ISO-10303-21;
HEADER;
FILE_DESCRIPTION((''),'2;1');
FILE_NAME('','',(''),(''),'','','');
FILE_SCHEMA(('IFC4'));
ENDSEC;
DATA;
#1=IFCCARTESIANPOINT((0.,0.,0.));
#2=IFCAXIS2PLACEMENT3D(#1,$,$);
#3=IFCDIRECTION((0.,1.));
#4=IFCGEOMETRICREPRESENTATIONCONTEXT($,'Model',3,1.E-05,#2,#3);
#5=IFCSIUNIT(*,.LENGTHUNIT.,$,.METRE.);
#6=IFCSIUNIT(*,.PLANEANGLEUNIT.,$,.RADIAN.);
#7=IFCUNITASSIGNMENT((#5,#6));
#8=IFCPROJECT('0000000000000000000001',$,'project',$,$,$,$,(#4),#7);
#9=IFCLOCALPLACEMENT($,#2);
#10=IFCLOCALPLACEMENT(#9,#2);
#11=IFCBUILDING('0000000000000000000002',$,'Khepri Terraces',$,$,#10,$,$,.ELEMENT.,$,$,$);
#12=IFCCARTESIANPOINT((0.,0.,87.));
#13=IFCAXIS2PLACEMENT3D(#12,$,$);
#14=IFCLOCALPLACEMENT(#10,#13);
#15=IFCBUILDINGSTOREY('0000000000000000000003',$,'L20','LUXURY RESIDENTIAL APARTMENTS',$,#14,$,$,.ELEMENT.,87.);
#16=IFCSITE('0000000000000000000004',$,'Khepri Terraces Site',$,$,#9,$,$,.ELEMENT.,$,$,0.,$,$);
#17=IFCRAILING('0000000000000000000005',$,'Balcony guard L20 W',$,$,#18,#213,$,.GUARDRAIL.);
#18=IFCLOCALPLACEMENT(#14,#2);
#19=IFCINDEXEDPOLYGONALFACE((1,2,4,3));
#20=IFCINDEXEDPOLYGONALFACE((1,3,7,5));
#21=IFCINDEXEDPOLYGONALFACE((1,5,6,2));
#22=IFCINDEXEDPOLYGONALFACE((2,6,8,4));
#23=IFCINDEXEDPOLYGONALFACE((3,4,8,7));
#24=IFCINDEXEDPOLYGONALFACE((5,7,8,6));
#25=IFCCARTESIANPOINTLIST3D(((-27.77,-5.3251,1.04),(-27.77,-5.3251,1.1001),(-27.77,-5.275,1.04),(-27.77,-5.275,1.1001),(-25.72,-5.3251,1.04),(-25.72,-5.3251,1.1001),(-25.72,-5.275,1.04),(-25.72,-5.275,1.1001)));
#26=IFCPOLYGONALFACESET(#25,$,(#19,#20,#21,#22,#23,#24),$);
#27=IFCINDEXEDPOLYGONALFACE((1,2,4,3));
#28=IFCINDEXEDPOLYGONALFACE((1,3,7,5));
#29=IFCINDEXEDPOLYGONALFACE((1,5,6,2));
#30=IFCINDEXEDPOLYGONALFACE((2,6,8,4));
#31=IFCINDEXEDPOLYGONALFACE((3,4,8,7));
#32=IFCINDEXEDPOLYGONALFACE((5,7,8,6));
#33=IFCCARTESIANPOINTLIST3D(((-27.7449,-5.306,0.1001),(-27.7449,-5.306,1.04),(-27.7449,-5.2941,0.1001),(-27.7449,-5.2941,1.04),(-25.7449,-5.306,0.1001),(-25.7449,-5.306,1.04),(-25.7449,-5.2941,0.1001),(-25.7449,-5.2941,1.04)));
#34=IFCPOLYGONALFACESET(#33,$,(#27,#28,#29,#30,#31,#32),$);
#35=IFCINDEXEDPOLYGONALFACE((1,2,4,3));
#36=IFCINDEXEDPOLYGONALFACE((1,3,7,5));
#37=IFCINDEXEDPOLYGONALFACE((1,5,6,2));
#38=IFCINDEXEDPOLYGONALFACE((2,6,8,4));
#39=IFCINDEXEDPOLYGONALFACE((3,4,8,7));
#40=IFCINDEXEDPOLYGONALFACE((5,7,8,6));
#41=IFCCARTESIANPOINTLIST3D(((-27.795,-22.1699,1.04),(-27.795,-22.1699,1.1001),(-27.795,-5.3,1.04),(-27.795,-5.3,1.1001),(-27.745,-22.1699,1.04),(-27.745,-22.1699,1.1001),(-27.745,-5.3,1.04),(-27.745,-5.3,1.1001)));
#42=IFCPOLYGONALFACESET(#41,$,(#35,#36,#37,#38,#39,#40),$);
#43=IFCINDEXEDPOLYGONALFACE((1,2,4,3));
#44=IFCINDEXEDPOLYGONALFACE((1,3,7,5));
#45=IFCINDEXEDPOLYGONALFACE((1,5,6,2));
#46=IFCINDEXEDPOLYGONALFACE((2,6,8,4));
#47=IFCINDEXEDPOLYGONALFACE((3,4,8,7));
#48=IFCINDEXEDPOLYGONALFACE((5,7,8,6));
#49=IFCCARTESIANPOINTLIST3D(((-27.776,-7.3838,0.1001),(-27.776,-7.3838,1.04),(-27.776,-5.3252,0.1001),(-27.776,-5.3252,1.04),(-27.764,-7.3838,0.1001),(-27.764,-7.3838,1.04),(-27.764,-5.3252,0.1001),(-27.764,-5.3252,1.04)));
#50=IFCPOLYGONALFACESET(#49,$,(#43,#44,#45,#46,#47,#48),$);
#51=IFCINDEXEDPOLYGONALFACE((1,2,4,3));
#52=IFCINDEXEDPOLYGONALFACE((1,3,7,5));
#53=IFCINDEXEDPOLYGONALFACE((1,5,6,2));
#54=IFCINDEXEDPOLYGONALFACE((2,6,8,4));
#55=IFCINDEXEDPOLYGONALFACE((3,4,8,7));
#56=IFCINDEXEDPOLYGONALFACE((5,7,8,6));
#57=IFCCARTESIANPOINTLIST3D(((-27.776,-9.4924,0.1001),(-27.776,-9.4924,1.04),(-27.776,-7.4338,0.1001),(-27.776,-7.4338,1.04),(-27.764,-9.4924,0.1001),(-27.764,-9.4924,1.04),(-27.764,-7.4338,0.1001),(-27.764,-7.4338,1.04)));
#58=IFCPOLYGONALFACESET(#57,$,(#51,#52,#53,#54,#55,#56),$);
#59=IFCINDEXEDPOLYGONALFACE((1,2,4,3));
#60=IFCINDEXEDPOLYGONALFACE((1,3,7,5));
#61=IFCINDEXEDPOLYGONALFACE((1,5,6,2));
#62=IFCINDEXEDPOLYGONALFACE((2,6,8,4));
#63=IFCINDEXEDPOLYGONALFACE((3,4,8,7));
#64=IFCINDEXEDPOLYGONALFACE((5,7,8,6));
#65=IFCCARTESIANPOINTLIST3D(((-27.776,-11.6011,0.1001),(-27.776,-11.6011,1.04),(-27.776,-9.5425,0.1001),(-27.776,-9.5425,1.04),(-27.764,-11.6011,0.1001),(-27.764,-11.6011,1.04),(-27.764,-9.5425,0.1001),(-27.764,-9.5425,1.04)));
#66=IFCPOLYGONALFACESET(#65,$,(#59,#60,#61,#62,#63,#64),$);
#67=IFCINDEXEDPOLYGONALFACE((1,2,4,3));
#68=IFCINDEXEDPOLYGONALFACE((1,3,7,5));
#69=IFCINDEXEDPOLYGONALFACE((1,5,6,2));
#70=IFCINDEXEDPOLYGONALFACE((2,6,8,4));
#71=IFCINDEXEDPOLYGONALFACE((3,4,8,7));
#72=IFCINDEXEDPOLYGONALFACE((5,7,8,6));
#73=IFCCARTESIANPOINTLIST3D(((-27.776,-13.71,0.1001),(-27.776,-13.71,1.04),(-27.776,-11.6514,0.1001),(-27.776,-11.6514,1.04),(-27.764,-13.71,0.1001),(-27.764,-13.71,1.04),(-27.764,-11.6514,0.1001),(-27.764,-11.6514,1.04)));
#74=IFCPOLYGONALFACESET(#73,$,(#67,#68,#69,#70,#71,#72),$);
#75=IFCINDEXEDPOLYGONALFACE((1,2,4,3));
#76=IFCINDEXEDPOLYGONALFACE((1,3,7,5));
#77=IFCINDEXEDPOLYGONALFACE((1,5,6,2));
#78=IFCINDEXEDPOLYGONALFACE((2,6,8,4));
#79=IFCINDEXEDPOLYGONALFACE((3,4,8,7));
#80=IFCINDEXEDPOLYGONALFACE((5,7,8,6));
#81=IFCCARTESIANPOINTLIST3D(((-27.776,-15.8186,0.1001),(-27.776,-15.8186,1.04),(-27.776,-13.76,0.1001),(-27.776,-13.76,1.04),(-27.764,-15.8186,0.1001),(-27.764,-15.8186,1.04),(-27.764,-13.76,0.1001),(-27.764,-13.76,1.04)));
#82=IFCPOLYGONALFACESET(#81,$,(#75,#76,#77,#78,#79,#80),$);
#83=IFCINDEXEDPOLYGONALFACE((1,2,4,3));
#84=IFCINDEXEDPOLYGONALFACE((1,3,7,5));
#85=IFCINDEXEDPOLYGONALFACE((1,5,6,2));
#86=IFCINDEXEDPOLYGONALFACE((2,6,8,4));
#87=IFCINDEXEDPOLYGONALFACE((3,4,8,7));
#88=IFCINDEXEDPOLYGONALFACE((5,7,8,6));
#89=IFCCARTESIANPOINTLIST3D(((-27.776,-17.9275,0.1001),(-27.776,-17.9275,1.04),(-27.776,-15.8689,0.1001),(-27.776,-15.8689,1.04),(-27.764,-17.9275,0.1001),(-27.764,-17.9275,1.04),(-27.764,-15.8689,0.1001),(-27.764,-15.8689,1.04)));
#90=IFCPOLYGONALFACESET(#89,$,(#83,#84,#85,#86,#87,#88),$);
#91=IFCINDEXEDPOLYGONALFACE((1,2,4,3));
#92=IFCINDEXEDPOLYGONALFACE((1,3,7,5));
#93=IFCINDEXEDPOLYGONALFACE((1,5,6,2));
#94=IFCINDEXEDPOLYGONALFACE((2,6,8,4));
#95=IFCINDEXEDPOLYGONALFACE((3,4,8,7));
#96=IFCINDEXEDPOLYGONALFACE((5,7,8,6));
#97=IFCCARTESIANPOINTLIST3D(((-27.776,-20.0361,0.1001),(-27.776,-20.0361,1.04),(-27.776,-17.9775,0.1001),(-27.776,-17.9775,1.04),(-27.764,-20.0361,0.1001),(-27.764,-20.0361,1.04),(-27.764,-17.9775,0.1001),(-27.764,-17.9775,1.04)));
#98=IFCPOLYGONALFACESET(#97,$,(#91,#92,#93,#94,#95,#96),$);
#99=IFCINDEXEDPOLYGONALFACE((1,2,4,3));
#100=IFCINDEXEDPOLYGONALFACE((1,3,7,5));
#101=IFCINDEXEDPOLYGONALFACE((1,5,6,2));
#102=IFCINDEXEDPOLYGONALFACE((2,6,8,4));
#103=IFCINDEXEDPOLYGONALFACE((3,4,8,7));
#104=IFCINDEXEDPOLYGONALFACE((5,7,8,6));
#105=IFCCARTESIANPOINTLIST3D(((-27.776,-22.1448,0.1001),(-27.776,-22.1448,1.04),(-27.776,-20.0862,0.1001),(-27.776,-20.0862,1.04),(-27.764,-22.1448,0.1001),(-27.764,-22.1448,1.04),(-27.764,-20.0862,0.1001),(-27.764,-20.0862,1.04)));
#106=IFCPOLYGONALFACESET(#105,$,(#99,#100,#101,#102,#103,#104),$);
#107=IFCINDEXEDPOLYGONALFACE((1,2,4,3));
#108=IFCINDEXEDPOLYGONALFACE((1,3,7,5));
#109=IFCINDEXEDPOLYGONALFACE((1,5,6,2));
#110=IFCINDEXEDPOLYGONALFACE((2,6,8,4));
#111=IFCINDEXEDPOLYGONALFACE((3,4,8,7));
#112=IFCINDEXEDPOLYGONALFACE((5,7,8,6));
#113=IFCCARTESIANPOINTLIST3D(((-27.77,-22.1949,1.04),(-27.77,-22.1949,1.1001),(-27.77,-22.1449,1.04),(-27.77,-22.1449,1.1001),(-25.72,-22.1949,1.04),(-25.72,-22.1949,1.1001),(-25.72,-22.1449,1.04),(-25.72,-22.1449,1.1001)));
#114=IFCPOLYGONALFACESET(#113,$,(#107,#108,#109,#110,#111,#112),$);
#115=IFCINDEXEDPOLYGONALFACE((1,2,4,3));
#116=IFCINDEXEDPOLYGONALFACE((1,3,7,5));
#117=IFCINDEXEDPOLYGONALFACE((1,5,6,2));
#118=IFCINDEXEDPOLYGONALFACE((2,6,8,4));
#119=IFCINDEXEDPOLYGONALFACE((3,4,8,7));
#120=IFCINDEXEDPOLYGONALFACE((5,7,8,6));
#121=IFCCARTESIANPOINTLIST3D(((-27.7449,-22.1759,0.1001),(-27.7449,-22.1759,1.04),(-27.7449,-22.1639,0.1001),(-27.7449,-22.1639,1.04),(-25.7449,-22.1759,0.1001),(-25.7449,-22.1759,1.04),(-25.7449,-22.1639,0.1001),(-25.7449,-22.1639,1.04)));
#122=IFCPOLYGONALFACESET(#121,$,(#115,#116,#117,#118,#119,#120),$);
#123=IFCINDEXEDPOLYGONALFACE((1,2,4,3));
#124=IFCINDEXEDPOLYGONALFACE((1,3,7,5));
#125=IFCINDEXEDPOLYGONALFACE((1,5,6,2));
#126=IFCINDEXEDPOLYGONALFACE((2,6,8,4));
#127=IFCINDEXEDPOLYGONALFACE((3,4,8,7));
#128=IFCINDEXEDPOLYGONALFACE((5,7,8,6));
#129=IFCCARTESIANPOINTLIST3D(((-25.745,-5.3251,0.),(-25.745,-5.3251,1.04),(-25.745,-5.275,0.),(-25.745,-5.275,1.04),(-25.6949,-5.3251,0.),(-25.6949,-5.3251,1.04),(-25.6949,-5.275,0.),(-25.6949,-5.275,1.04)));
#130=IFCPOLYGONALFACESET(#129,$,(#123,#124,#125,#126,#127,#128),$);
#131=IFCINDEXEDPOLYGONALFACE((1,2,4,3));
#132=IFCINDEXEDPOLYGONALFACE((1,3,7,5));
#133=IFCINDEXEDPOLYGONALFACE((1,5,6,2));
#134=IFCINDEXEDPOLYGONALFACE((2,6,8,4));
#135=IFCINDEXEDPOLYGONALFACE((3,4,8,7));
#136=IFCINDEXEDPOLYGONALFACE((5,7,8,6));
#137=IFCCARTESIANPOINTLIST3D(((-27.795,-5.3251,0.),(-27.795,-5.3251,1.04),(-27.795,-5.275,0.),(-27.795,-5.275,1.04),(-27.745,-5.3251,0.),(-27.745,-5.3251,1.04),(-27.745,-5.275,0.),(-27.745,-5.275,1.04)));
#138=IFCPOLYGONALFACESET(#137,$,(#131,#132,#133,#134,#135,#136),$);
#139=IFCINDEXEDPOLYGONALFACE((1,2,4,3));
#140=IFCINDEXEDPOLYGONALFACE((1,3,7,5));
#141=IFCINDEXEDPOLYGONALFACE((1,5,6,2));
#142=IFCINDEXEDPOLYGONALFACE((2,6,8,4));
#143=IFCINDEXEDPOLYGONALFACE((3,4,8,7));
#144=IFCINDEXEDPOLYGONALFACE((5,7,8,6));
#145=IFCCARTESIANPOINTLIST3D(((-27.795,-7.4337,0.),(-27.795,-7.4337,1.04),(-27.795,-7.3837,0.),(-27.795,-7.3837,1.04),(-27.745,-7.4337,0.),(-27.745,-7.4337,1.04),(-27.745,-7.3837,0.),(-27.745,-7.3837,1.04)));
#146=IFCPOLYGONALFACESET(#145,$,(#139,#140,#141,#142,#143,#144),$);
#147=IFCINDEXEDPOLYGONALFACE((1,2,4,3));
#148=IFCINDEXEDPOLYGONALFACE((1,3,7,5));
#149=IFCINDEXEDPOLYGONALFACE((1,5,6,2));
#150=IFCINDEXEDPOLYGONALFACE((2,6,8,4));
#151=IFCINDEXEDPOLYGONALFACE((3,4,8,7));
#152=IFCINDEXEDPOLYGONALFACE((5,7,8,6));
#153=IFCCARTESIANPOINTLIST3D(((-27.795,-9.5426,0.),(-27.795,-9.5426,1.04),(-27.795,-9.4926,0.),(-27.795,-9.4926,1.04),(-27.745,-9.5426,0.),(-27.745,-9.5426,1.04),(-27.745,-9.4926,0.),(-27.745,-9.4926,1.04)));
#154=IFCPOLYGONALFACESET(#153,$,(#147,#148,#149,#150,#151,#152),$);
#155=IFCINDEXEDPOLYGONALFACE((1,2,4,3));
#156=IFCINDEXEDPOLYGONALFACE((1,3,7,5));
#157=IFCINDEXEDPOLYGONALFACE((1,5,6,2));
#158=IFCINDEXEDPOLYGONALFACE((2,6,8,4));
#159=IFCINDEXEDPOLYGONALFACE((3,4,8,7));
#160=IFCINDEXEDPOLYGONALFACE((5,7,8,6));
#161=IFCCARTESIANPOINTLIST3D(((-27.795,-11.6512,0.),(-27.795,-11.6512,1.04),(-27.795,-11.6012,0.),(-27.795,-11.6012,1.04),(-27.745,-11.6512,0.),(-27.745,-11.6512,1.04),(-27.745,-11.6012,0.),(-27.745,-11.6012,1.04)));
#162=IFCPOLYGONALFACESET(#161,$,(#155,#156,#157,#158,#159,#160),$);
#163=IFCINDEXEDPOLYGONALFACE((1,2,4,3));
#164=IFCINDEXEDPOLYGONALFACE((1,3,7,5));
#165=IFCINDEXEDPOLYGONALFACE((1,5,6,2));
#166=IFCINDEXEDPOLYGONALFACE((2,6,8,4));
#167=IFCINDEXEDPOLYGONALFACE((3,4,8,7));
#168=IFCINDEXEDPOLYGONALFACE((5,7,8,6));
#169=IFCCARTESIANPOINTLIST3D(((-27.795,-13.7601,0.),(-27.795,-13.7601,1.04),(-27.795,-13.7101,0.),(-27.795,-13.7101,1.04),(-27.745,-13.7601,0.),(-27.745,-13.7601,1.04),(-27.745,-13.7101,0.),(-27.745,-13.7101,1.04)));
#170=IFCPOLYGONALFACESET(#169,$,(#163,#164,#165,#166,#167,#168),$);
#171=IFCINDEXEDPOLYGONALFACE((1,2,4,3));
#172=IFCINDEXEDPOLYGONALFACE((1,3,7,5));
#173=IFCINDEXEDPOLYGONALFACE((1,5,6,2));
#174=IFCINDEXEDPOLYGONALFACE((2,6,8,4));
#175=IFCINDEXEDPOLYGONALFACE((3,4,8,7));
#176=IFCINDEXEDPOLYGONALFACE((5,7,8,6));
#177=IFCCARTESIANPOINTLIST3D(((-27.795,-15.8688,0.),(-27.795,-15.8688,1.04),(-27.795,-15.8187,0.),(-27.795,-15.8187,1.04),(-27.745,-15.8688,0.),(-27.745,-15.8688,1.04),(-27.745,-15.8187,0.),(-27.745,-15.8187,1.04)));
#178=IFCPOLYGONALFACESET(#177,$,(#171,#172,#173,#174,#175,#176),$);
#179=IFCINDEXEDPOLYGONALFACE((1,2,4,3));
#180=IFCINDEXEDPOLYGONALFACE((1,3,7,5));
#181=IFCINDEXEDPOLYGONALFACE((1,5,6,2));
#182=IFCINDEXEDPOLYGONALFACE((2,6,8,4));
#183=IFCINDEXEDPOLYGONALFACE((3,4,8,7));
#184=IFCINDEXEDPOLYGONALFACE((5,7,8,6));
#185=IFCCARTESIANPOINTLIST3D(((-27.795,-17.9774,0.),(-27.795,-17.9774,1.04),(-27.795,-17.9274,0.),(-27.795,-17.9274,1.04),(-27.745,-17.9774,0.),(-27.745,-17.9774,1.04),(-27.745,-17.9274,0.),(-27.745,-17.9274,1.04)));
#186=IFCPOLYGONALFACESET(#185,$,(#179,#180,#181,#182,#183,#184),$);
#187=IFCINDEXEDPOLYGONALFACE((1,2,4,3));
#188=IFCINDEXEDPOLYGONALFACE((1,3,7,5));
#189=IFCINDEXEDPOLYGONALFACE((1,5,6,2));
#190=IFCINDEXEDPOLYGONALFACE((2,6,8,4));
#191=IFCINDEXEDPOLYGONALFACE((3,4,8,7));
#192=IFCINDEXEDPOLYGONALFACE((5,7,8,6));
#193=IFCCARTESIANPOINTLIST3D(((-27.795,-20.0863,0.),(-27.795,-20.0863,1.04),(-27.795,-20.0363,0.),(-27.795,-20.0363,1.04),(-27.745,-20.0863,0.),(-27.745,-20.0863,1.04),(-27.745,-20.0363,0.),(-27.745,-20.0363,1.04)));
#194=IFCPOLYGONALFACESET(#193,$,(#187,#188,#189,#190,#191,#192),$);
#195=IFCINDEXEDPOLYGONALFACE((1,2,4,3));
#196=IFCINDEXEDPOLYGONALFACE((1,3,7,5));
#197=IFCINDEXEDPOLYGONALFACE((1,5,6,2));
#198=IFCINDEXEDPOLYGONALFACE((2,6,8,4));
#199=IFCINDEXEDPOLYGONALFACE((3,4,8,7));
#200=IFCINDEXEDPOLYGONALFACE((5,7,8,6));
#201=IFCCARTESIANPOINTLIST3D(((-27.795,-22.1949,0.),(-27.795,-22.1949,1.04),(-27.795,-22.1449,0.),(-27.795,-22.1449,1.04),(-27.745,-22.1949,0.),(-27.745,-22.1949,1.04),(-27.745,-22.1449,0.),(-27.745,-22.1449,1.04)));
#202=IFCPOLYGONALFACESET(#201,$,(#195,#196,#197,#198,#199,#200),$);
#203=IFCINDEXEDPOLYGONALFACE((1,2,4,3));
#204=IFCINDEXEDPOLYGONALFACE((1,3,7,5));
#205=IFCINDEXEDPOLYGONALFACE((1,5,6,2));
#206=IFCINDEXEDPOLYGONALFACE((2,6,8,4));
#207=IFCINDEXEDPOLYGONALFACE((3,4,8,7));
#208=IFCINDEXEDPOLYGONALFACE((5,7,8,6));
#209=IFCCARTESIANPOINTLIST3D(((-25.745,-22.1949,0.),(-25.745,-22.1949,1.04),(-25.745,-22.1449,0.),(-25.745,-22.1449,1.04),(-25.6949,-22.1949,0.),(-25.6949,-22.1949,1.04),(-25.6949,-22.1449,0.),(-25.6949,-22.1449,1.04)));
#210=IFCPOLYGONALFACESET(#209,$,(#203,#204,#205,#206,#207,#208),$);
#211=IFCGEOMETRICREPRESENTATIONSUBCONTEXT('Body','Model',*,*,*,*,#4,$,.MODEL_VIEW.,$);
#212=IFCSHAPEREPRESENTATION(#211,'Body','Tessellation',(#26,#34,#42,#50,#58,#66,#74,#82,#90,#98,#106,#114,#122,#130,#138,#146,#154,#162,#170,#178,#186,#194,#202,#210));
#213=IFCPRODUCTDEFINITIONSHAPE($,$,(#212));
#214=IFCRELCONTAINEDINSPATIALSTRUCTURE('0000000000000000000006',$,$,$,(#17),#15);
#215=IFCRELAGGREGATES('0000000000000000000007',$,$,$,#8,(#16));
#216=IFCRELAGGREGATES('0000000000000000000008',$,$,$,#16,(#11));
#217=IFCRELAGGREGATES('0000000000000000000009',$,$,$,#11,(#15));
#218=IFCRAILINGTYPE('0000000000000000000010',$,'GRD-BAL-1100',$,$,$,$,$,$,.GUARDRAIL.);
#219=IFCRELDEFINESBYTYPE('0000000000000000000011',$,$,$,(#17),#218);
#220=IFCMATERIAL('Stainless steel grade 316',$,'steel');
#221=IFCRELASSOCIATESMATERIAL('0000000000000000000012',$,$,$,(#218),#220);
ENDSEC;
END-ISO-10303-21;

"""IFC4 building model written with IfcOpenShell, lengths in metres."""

from ifc_helpers import new_model, si_unit, direction, frame, origin, origin_2d, place, context, subcontext, project, spatial, rectangle, extrude, material, type_object, element, save


model = new_model("IFC4")

# Units and contexts
model_context = context("Model", 3, precision=1e-05, world=origin(), true_north=direction((0.0, 1.0)))
body_context = subcontext(model_context, "Body", "Model", "MODEL_VIEW")
ifc_project = project(units=[si_unit("LENGTHUNIT", "METRE"), si_unit("PLANEANGLEUNIT", "RADIAN")], contexts=[model_context])

# Site, building, storey
site_placement = place(None, origin())
site = spatial("IfcSite", under=ifc_project, at=site_placement, Name="Khepri Terraces Site", CompositionType="ELEMENT", RefElevation=0.0)
building_placement = place(site_placement, origin())
building = spatial("IfcBuilding", under=site, at=building_placement, Name="Khepri Terraces", CompositionType="ELEMENT")
storey_placement = place(building_placement, frame((0.0, 0.0, 87.0)))
storey = spatial("IfcBuildingStorey", under=building, at=storey_placement, Name="L20", Description="LUXURY RESIDENTIAL APARTMENTS", CompositionType="ELEMENT", Elevation=87.0)

# Railing
ifc_material_1 = material(Name="Stainless steel grade 316", Category="steel")
railing_type_1 = type_object("IfcRailingType", Name="GRD-BAL-1100", PredefinedType="GUARDRAIL", material=ifc_material_1)
railing_1_placement = place(storey_placement, frame((-25.72, -5.3, 0.0)))
element("IfcRailing", 1, at=railing_1_placement, inside=storey, type_object=railing_type_1, Name="Balcony guard L20 W", PredefinedType="GUARDRAIL", context=body_context, shape_type="SweptSolid", body=[
    extrude(rectangle(XDim=0.05, YDim=0.0601, at=origin_2d()), frame((0.0, 0.0, 1.0701), z_axis=(-1.0, 0.0, 0.0), x_axis=(0.0, -1.0, 0.0)), (0.0, 0.0, 1.0), 2.05),
    extrude(rectangle(XDim=2.0, YDim=0.012, at=origin_2d()), frame((-1.0249, 0.0, 0.1001), z_axis=(0.0, 0.0, 1.0), x_axis=(-1.0, 0.0, 0.0)), (0.0, 0.0, 1.0), 0.9399),
    extrude(rectangle(XDim=0.05, YDim=0.0601, at=origin_2d()), frame((-2.05, 0.0, 1.0701), z_axis=(0.0, -1.0, 0.0), x_axis=(1.0, 0.0, 0.0)), (0.0, 0.0, 1.0), 16.8699),
    extrude(rectangle(XDim=2.0586, YDim=0.012, at=origin_2d()), frame((-2.05, -1.0544, 0.1001), z_axis=(0.0, 0.0, 1.0), x_axis=(0.0, -1.0, 0.0)), (0.0, 0.0, 1.0), 0.9399),
    extrude(rectangle(XDim=2.0586, YDim=0.012, at=origin_2d()), frame((-2.05, -3.1631, 0.1001), z_axis=(0.0, 0.0, 1.0), x_axis=(0.0, -1.0, 0.0)), (0.0, 0.0, 1.0), 0.9399),
    extrude(rectangle(XDim=2.0586, YDim=0.012, at=origin_2d()), frame((-2.05, -5.2717, 0.1001), z_axis=(0.0, 0.0, 1.0), x_axis=(0.0, -1.0, 0.0)), (0.0, 0.0, 1.0), 0.9399),
    extrude(rectangle(XDim=2.0586, YDim=0.012, at=origin_2d()), frame((-2.05, -7.3806, 0.1001), z_axis=(0.0, 0.0, 1.0), x_axis=(0.0, -1.0, 0.0)), (0.0, 0.0, 1.0), 0.9399),
    extrude(rectangle(XDim=2.0586, YDim=0.012, at=origin_2d()), frame((-2.05, -9.4893, 0.1001), z_axis=(0.0, 0.0, 1.0), x_axis=(0.0, -1.0, 0.0)), (0.0, 0.0, 1.0), 0.9399),
    extrude(rectangle(XDim=2.0586, YDim=0.012, at=origin_2d()), frame((-2.05, -11.5981, 0.1001), z_axis=(0.0, 0.0, 1.0), x_axis=(0.0, -1.0, 0.0)), (0.0, 0.0, 1.0), 0.9399),
    extrude(rectangle(XDim=2.0586, YDim=0.012, at=origin_2d()), frame((-2.05, -13.7068, 0.1001), z_axis=(0.0, 0.0, 1.0), x_axis=(0.0, -1.0, 0.0)), (0.0, 0.0, 1.0), 0.9399),
    extrude(rectangle(XDim=2.0586, YDim=0.012, at=origin_2d()), frame((-2.05, -15.8154, 0.1001), z_axis=(0.0, 0.0, 1.0), x_axis=(0.0, -1.0, 0.0)), (0.0, 0.0, 1.0), 0.9399),
    extrude(rectangle(XDim=0.05, YDim=0.0601, at=origin_2d()), frame((-2.05, -16.8699, 1.0701), z_axis=(1.0, 0.0, 0.0), x_axis=(0.0, 1.0, 0.0)), (0.0, 0.0, 1.0), 2.05),
    extrude(rectangle(XDim=2.0, YDim=0.012, at=origin_2d()), frame((-1.0249, -16.8699, 0.1001), z_axis=(0.0, 0.0, 1.0), x_axis=(1.0, 0.0, 0.0)), (0.0, 0.0, 1.0), 0.9399),
    extrude(rectangle(XDim=0.05, YDim=0.05, at=origin_2d()), origin(), (0.0, 0.0, 1.0), 1.04),
    extrude(rectangle(XDim=0.05, YDim=0.05, at=origin_2d()), frame((-2.05, 0.0, 0.0)), (0.0, 0.0, 1.0), 1.04),
    extrude(rectangle(XDim=0.05, YDim=0.05, at=origin_2d()), frame((-2.05, -2.1086, 0.0)), (0.0, 0.0, 1.0), 1.04),
    extrude(rectangle(XDim=0.05, YDim=0.05, at=origin_2d()), frame((-2.05, -4.2175, 0.0)), (0.0, 0.0, 1.0), 1.04),
    extrude(rectangle(XDim=0.05, YDim=0.05, at=origin_2d()), frame((-2.05, -6.3262, 0.0)), (0.0, 0.0, 1.0), 1.04),
    extrude(rectangle(XDim=0.05, YDim=0.05, at=origin_2d()), frame((-2.05, -8.4351, 0.0)), (0.0, 0.0, 1.0), 1.04),
    extrude(rectangle(XDim=0.05, YDim=0.05, at=origin_2d()), frame((-2.05, -10.5437, 0.0)), (0.0, 0.0, 1.0), 1.04),
    extrude(rectangle(XDim=0.05, YDim=0.05, at=origin_2d()), frame((-2.05, -12.6523, 0.0)), (0.0, 0.0, 1.0), 1.04),
    extrude(rectangle(XDim=0.05, YDim=0.05, at=origin_2d()), frame((-2.05, -14.7612, 0.0)), (0.0, 0.0, 1.0), 1.04),
    extrude(rectangle(XDim=0.05, YDim=0.05, at=origin_2d()), frame((-2.05, -16.8699, 0.0)), (0.0, 0.0, 1.0), 1.04),
    extrude(rectangle(XDim=0.05, YDim=0.05, at=origin_2d()), frame((0.0, -16.8699, 0.0)), (0.0, 0.0, 1.0), 1.04),
])

save(model, "model.ifc")
